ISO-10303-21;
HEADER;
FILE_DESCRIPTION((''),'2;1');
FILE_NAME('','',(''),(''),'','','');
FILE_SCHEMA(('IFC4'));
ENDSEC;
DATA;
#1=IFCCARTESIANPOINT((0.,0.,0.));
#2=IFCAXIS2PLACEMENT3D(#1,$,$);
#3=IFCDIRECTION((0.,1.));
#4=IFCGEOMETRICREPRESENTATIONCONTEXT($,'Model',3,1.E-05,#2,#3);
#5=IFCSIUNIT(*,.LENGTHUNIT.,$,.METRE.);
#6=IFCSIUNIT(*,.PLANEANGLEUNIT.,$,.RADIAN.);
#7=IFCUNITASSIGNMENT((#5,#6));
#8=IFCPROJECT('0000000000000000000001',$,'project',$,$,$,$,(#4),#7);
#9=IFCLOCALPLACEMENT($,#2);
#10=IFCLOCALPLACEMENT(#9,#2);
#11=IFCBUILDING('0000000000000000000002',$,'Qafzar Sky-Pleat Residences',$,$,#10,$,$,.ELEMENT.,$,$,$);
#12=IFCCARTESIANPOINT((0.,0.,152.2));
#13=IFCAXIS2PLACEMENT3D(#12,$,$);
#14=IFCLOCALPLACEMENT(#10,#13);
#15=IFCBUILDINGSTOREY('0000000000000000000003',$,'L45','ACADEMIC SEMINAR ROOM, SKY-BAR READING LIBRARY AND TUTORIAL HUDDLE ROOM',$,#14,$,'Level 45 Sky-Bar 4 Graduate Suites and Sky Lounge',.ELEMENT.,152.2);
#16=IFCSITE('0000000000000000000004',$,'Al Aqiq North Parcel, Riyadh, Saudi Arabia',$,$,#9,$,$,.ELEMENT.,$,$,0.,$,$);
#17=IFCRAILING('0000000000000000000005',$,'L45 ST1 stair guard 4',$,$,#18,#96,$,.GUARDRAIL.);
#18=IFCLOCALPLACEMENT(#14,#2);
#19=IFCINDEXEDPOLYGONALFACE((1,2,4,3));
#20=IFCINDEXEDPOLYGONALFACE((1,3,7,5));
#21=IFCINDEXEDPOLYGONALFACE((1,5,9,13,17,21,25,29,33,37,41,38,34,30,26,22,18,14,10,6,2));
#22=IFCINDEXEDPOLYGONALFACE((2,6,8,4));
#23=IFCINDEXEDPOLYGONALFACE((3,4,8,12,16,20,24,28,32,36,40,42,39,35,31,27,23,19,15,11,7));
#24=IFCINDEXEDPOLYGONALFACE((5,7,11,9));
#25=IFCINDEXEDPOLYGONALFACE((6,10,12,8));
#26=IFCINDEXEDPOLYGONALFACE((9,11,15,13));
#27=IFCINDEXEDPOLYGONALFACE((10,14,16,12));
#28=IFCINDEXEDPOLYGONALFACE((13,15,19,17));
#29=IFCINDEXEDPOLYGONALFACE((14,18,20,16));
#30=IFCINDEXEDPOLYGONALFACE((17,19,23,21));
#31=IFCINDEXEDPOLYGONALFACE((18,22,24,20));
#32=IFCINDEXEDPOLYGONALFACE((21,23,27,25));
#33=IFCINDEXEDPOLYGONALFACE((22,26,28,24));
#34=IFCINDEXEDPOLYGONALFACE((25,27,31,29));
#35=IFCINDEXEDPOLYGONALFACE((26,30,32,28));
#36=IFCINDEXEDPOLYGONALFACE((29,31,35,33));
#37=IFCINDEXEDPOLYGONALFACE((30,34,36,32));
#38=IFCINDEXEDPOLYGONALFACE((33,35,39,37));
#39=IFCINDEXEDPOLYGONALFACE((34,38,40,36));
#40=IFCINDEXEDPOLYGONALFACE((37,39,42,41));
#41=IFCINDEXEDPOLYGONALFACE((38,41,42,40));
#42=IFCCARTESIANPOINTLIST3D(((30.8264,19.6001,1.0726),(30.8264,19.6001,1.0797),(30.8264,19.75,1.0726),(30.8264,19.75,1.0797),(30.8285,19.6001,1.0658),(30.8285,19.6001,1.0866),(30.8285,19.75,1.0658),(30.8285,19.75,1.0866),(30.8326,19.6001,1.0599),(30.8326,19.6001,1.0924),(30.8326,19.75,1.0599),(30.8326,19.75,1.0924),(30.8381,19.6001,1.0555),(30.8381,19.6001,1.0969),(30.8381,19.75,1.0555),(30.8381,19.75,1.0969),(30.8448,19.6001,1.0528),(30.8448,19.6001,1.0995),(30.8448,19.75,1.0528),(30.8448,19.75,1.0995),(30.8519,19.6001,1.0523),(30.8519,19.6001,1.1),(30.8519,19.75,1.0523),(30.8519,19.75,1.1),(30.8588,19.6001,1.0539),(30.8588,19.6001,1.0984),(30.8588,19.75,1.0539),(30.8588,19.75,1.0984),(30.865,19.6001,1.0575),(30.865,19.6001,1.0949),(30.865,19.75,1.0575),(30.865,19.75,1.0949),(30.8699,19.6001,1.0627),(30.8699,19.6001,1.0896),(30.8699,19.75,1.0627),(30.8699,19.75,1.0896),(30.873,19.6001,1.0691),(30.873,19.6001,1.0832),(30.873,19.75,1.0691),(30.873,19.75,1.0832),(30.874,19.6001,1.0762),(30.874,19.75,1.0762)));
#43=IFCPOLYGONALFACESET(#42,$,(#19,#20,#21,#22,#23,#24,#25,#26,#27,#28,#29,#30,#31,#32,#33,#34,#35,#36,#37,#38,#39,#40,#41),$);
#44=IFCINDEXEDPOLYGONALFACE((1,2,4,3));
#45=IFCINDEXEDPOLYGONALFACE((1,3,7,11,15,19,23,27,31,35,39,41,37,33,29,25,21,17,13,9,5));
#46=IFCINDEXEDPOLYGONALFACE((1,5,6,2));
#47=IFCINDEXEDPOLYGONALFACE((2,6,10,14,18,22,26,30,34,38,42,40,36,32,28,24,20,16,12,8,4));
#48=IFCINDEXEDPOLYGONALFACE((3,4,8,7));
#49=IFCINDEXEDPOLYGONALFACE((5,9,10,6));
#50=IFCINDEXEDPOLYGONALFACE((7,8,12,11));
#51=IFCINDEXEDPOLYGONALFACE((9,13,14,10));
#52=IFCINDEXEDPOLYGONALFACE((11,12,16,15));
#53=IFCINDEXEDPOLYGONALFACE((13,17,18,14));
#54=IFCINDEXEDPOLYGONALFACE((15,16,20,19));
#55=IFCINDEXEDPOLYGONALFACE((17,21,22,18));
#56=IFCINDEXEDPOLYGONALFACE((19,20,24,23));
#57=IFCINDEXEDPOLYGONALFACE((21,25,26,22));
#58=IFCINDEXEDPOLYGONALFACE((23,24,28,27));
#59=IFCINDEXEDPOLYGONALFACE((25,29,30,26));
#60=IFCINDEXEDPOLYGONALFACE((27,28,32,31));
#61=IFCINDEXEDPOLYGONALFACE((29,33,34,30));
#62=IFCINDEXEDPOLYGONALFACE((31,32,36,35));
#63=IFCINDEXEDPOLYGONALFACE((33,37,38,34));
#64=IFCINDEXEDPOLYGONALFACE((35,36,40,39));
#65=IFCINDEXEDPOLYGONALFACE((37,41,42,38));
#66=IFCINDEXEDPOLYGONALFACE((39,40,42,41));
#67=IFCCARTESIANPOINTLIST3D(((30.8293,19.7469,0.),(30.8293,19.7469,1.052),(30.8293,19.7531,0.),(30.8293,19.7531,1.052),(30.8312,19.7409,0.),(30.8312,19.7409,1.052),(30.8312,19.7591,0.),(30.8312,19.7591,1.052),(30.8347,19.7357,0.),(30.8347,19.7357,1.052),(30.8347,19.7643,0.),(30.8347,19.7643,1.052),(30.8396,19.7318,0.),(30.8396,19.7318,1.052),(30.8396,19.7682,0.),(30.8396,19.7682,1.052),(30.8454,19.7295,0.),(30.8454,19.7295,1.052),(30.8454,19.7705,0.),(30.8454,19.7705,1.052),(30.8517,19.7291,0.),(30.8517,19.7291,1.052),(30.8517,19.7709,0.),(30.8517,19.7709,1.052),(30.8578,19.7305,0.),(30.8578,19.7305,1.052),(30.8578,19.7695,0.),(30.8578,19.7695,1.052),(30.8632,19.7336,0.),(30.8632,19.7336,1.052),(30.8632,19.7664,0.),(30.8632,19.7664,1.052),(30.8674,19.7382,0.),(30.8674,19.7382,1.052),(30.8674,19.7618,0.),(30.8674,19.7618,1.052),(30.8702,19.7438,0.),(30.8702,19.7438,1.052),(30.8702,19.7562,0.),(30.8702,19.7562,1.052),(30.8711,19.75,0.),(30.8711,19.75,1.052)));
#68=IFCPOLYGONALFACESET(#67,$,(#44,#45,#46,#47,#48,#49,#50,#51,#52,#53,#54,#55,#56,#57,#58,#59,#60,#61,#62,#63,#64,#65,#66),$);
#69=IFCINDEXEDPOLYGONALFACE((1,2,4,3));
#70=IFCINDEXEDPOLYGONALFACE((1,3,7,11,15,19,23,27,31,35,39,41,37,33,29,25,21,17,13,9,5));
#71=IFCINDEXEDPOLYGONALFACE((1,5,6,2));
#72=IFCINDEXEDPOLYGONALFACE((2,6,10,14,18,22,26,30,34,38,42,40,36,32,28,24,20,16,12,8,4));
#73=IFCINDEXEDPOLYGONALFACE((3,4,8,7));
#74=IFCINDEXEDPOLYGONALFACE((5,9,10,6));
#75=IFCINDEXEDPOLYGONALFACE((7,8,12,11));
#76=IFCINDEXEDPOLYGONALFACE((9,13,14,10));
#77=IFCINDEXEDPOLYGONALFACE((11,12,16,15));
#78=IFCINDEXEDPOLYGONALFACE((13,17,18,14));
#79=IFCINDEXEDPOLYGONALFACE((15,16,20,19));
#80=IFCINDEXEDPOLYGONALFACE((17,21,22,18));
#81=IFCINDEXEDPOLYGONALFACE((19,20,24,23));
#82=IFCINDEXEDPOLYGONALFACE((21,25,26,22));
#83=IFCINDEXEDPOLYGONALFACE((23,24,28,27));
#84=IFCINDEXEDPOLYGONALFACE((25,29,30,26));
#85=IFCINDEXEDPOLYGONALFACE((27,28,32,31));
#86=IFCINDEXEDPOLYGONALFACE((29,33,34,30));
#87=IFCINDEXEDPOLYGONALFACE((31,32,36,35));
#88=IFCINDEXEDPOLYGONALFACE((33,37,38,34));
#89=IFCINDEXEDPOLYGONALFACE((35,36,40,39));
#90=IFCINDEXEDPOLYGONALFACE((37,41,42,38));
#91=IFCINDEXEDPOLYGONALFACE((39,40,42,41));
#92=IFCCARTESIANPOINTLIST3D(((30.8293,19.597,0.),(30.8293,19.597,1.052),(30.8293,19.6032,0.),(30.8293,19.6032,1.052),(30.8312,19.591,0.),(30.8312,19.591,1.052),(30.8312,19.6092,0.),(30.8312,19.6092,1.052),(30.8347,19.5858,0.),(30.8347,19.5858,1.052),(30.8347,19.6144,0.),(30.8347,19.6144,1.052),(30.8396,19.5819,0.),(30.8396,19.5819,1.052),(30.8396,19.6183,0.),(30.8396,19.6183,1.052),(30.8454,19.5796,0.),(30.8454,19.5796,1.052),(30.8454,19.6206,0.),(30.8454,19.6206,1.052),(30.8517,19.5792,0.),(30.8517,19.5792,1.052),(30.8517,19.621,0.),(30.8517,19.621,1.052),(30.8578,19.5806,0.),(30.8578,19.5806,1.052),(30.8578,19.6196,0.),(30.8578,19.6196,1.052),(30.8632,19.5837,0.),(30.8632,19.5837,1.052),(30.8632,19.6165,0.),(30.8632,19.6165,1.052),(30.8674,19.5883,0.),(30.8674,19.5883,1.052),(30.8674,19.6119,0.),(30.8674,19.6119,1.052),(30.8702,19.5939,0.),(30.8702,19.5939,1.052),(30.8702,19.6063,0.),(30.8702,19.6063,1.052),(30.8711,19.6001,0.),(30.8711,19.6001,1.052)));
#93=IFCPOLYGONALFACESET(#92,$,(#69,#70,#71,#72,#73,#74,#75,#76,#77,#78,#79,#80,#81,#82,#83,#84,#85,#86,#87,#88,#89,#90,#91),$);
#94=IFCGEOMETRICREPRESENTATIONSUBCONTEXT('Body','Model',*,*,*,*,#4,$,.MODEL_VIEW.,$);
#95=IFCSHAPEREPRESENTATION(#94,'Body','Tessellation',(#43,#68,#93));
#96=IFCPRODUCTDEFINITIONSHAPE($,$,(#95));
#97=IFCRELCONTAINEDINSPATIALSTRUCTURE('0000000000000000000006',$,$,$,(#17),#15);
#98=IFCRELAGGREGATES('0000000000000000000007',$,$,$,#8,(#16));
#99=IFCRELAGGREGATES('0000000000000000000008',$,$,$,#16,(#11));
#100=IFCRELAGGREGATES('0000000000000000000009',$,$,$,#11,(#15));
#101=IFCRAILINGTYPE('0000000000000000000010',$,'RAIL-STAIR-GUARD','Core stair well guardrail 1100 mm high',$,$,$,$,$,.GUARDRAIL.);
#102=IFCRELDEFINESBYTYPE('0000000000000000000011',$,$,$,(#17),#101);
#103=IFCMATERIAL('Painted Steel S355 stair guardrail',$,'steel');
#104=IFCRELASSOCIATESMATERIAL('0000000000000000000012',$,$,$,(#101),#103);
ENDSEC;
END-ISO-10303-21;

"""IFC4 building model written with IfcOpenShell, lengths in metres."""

from ifc_helpers import new_model, si_unit, direction, frame, origin, origin_2d, place, context, subcontext, project, spatial, circle, extrude, source, transform, mapped, material, type_object, element, save


model = new_model("IFC4")

# Units and contexts
model_context = context("Model", 3, precision=1e-05, world=origin(), true_north=direction((0.0, 1.0)))
body_context = subcontext(model_context, "Body", "Model", "MODEL_VIEW")
ifc_project = project(units=[si_unit("LENGTHUNIT", "METRE"), si_unit("PLANEANGLEUNIT", "RADIAN")], contexts=[model_context])

# Site, building, storey
site_placement = place(None, origin())
site = spatial("IfcSite", under=ifc_project, at=site_placement, Name="Al Aqiq North Parcel, Riyadh, Saudi Arabia", CompositionType="ELEMENT", RefElevation=0.0)
building_placement = place(site_placement, origin())
building = spatial("IfcBuilding", under=site, at=building_placement, Name="Qafzar Sky-Pleat Residences", CompositionType="ELEMENT")
storey_placement = place(building_placement, frame((0.0, 0.0, 152.2)))
storey = spatial("IfcBuildingStorey", under=building, at=storey_placement, Name="L45", Description="ACADEMIC SEMINAR ROOM, SKY-BAR READING LIBRARY AND TUTORIAL HUDDLE ROOM", LongName="Level 45 Sky-Bar 4 Graduate Suites and Sky Lounge", CompositionType="ELEMENT", Elevation=152.2)

# Railing
ifc_material_1 = material(Name="Painted Steel S355 stair guardrail", Category="steel")
railing_type_1 = type_object("IfcRailingType", Name="RAIL-STAIR-GUARD", Description="Core stair well guardrail 1100 mm high", PredefinedType="GUARDRAIL", material=ifc_material_1)
shared_shape_1 = source(origin(), body_context, "Body", "SweptSolid", [
    extrude(circle(Radius=0.0239, at=origin_2d()), frame((0.0, 0.0, 1.0762), z_axis=(0.0, -1.0, 0.0), x_axis=(1.0, 0.0, 0.0)), (0.0, 0.0, 1.0), 0.1499),
    extrude(circle(Radius=0.021, at=origin_2d()), origin(), (0.0, 0.0, 1.0), 1.052),
    extrude(circle(Radius=0.021, at=origin_2d()), frame((0.0, -0.1499, 0.0)), (0.0, 0.0, 1.0), 1.052),
])
railing_1_placement = place(storey_placement, frame((30.8501, 19.75, 0.0)))
element("IfcRailing", 1, at=railing_1_placement, inside=storey, type_object=railing_type_1, Name="L45 ST1 stair guard 4", PredefinedType="GUARDRAIL", context=body_context, shape_type="MappedRepresentation", body=[
    mapped(shared_shape_1, transform((0.0, 0.0, 0.0), x_axis=(1.0, 0.0, 0.0), y_axis=(0.0, 1.0, 0.0), z_axis=(0.0, 0.0, 1.0), scale=1.0)),
])

save(model, "model.ifc")
